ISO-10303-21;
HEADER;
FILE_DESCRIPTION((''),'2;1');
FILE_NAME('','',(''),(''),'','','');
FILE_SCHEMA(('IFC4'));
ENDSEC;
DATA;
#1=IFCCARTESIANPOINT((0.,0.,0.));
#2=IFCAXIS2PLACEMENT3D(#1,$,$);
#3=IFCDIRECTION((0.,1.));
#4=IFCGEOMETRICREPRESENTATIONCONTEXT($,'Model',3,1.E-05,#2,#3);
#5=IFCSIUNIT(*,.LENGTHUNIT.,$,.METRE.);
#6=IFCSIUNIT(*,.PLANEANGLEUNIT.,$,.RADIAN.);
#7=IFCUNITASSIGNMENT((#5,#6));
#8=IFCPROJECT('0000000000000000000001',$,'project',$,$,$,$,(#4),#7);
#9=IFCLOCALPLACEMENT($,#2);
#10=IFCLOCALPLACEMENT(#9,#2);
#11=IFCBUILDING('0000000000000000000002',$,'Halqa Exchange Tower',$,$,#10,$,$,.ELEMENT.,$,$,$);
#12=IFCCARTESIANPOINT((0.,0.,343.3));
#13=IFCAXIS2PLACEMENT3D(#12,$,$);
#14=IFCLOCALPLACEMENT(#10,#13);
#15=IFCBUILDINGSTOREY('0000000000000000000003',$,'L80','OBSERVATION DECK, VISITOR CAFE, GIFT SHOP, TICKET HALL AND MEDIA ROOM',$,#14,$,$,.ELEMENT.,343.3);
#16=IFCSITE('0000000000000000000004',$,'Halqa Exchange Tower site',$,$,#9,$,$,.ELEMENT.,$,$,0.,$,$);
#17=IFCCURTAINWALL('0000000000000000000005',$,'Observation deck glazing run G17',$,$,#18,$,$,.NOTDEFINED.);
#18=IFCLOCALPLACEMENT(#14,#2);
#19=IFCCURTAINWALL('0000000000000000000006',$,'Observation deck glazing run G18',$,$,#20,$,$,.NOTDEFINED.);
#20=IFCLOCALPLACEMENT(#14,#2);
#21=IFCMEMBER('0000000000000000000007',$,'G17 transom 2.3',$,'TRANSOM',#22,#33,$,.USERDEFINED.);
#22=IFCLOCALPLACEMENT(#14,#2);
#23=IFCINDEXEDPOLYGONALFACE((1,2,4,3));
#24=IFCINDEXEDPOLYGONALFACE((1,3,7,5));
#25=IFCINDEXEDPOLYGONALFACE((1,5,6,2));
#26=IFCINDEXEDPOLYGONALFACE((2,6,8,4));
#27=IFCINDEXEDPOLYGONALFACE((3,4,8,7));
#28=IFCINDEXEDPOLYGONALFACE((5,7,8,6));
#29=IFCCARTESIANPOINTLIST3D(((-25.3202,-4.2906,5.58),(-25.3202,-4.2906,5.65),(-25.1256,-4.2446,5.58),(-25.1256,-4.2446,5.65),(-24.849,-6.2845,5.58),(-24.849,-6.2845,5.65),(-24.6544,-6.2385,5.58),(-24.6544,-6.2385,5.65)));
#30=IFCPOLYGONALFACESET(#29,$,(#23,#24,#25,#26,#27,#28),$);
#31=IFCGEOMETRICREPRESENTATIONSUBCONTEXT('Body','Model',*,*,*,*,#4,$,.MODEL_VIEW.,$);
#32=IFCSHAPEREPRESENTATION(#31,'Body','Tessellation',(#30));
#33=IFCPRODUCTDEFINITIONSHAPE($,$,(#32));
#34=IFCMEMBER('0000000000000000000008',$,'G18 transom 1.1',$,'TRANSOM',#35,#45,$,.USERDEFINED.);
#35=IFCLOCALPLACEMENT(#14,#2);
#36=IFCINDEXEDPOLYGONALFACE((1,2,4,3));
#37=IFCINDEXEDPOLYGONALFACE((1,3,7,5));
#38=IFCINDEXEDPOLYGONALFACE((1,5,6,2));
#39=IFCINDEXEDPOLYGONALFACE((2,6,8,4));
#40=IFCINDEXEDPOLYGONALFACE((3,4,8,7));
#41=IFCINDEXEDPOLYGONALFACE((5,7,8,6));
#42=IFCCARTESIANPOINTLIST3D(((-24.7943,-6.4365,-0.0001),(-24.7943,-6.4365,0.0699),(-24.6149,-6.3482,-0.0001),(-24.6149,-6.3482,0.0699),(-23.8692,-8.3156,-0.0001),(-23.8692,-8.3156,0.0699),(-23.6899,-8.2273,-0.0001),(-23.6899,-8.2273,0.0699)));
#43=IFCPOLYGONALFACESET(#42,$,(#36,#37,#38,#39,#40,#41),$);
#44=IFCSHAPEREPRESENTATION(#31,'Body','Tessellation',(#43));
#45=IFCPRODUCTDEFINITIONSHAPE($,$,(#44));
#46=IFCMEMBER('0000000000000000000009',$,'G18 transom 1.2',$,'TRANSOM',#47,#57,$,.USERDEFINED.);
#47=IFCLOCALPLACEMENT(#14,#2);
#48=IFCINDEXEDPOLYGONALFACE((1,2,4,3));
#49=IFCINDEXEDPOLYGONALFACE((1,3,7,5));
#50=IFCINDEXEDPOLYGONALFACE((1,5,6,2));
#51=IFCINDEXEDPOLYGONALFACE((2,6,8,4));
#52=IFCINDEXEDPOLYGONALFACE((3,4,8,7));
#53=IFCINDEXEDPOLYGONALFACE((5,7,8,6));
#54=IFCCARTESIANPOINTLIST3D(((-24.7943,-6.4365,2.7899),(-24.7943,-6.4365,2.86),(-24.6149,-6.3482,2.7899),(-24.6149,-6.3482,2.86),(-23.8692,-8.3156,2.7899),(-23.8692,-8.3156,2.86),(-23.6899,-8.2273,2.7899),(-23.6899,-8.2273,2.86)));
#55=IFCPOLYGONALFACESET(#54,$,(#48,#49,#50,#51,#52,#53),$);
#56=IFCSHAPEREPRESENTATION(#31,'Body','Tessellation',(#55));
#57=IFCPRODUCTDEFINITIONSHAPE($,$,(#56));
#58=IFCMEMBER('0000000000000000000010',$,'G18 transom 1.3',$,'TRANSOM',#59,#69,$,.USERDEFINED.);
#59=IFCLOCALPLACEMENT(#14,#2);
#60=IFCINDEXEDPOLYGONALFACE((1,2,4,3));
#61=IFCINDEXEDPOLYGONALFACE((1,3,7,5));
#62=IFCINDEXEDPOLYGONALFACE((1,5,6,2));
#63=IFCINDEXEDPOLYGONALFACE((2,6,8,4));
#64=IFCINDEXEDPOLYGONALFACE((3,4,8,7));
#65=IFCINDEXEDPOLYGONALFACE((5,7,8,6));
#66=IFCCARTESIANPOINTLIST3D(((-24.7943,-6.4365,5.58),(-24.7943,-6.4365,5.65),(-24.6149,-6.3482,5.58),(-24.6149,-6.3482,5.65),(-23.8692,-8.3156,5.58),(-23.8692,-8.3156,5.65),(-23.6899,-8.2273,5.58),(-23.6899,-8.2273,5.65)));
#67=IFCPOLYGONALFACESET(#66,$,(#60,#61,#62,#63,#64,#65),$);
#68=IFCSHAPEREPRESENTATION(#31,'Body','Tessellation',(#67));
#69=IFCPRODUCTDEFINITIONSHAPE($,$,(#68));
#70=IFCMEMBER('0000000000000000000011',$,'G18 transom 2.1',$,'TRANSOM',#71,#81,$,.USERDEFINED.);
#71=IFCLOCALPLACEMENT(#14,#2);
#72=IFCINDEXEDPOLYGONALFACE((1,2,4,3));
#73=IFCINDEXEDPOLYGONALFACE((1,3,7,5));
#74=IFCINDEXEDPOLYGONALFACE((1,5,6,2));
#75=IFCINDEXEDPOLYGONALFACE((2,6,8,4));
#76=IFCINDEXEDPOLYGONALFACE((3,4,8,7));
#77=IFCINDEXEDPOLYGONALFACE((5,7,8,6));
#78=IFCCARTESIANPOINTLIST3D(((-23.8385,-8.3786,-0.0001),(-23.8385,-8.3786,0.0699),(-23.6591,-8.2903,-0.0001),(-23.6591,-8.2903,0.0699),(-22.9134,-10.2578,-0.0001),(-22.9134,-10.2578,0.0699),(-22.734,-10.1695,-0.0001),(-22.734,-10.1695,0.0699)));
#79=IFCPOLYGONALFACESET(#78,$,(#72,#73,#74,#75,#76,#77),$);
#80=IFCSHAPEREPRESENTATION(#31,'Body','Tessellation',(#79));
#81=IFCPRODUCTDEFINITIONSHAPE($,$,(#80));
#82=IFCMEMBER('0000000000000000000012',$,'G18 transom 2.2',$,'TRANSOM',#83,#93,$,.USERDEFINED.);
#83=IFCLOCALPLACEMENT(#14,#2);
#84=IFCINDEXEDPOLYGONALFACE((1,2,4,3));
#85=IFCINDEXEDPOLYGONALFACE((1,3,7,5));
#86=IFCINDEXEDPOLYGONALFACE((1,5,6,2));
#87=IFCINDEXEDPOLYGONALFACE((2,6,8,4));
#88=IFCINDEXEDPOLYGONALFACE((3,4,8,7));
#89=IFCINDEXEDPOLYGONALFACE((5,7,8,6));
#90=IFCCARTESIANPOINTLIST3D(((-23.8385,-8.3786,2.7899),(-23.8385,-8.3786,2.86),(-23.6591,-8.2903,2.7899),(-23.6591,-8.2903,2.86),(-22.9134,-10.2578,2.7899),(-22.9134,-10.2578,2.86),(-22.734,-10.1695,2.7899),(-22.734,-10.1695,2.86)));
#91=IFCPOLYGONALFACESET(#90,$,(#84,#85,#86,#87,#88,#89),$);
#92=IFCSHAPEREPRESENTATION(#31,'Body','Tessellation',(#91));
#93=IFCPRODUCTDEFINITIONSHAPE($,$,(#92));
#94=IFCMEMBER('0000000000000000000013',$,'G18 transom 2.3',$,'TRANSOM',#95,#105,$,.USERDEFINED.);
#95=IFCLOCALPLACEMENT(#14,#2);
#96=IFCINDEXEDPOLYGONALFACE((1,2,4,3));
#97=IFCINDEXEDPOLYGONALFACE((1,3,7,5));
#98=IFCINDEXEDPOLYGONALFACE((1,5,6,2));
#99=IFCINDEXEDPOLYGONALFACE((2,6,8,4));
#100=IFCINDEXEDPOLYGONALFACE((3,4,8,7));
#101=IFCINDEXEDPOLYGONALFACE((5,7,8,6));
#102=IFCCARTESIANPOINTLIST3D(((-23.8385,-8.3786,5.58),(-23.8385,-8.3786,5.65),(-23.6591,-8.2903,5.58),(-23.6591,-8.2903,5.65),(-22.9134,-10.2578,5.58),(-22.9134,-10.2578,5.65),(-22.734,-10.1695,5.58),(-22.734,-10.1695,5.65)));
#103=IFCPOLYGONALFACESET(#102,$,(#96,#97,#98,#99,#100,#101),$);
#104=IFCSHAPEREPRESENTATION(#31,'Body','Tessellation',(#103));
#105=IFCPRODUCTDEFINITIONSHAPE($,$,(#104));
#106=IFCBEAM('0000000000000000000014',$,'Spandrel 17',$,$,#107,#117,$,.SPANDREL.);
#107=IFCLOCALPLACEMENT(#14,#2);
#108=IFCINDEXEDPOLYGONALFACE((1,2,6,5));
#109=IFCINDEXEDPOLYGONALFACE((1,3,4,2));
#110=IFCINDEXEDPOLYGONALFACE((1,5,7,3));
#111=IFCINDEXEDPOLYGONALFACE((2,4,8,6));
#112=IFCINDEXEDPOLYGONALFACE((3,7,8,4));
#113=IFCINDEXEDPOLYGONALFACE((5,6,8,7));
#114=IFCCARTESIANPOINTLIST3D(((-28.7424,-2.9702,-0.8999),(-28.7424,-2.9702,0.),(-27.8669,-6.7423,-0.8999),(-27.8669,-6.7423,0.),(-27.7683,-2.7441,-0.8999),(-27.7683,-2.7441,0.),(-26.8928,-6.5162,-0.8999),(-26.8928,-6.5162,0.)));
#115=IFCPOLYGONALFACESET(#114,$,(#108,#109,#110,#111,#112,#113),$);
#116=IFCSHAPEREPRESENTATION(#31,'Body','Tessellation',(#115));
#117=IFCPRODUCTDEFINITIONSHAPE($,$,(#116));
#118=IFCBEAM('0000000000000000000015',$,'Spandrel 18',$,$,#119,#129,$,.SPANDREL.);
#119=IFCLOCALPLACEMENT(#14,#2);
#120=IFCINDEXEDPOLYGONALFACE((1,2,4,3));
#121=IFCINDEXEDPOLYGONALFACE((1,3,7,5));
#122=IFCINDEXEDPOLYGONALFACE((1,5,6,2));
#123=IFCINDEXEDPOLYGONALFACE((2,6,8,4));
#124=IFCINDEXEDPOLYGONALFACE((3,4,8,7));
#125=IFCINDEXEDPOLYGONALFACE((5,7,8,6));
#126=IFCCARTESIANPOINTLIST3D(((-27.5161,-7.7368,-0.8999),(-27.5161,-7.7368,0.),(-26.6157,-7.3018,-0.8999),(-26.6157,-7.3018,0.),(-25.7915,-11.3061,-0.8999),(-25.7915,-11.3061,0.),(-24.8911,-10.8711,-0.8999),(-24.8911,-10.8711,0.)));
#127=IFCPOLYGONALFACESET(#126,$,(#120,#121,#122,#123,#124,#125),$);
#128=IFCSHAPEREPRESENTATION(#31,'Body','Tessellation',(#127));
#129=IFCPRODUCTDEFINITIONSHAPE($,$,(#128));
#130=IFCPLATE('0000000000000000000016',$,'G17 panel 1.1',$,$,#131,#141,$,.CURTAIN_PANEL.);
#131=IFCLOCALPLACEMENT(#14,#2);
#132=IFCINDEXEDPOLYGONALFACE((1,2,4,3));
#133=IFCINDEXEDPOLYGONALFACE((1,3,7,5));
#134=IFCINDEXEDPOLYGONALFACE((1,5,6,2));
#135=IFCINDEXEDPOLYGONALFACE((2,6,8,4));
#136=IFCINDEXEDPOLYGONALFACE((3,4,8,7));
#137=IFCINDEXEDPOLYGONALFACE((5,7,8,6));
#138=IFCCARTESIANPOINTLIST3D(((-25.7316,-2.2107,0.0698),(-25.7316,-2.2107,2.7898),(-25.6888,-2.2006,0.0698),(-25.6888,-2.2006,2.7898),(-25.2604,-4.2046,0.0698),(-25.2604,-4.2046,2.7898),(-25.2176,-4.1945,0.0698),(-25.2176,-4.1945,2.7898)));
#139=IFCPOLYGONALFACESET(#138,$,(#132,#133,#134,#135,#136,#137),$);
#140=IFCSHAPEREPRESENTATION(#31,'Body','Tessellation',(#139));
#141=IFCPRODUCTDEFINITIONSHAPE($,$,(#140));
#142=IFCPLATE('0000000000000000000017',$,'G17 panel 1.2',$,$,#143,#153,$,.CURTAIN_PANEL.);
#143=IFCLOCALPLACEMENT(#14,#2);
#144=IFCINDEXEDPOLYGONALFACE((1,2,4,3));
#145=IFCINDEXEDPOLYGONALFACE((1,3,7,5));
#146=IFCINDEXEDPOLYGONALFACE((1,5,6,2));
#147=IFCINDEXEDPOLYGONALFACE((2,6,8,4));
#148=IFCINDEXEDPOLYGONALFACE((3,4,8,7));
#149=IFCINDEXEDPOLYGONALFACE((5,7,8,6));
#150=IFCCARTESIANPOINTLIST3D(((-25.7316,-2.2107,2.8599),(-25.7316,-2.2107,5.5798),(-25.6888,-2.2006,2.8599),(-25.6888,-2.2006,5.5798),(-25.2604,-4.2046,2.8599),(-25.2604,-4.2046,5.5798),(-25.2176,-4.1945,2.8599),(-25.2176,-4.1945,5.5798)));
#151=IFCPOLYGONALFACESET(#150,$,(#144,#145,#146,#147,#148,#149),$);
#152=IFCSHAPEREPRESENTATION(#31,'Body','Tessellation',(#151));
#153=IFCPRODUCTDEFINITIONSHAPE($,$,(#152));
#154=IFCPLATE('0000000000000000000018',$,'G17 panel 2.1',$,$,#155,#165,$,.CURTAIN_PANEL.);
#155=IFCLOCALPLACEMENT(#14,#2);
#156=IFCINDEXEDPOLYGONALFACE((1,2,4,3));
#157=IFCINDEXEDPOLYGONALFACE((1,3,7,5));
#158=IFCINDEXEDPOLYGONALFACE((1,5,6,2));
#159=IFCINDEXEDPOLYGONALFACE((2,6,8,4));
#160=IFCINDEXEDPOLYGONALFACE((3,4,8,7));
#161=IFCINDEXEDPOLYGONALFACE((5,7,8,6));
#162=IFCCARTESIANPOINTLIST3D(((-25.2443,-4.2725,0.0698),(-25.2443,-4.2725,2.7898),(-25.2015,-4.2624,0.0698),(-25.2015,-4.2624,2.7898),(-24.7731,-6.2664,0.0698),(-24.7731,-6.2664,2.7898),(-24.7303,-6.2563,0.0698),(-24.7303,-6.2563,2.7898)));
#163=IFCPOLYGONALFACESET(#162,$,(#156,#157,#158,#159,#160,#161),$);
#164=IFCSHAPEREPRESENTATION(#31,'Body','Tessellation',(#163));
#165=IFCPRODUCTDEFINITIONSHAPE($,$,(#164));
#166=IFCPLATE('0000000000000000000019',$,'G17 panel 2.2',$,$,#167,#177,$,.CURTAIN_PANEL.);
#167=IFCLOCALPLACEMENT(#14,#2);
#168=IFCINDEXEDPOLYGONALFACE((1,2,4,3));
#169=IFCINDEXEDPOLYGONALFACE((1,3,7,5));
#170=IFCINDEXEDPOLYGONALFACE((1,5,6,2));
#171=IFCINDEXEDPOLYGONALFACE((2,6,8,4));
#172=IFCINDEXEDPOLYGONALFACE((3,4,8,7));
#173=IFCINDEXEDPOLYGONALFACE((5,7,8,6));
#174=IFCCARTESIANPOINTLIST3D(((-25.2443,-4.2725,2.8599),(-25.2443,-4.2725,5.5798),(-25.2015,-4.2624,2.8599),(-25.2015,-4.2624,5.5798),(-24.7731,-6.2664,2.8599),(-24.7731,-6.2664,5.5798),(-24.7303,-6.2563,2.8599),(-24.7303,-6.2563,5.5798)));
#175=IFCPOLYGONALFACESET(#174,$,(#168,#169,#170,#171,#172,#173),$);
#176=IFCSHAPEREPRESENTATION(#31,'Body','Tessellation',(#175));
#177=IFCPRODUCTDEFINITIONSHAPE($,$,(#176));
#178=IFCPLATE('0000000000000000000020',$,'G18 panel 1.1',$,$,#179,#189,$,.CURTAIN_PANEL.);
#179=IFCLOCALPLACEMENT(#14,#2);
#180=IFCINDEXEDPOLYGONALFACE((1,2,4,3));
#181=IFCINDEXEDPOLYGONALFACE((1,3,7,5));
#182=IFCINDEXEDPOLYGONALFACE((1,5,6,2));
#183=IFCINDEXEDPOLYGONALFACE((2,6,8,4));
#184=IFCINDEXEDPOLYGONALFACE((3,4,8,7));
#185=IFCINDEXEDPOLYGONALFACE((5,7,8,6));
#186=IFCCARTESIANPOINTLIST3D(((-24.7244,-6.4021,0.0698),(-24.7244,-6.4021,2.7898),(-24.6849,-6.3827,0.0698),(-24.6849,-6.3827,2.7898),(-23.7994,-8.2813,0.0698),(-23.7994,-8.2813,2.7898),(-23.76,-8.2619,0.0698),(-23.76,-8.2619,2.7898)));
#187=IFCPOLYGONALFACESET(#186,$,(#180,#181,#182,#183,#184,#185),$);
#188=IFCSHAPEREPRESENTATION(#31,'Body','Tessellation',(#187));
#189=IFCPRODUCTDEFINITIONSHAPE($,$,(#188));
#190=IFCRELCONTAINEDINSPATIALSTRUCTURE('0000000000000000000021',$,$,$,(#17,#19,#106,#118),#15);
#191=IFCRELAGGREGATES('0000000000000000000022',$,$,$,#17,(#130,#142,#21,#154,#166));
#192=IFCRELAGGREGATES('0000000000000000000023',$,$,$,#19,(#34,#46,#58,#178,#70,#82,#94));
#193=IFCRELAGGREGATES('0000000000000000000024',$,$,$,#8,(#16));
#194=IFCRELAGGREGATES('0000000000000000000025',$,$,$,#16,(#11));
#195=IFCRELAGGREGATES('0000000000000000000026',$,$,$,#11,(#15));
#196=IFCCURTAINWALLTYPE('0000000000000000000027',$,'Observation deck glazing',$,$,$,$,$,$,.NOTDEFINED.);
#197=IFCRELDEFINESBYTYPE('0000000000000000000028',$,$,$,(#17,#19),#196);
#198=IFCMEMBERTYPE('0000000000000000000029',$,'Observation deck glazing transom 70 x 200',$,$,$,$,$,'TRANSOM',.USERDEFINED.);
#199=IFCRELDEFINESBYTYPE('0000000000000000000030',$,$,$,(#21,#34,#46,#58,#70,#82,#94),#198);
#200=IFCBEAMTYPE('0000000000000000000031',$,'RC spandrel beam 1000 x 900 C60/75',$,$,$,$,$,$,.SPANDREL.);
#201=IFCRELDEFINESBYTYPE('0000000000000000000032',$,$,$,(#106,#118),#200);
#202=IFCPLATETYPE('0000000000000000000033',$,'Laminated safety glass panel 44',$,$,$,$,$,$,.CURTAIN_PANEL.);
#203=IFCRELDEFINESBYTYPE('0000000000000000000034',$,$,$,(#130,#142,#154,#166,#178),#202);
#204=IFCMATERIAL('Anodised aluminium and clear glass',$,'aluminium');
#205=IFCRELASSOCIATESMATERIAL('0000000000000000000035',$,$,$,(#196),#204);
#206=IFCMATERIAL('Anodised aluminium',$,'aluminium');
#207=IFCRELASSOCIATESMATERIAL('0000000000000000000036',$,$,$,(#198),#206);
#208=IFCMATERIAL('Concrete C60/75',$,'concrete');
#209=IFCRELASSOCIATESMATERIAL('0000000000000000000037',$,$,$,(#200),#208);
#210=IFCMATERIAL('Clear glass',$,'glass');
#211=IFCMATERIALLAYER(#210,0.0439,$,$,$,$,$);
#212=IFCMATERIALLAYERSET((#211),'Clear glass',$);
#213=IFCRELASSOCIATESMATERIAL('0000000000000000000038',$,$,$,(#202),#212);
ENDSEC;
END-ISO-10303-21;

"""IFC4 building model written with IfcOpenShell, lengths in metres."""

from ifc_helpers import new_model, si_unit, direction, frame, origin, origin_2d, place, context, subcontext, project, spatial, rectangle, extrude, material, layer, layer_set, material_profile, profile_set, type_object, element, aggregate, save


model = new_model("IFC4")

# Units and contexts
model_context = context("Model", 3, precision=1e-05, world=origin(), true_north=direction((0.0, 1.0)))
body_context = subcontext(model_context, "Body", "Model", "MODEL_VIEW")
ifc_project = project(units=[si_unit("LENGTHUNIT", "METRE"), si_unit("PLANEANGLEUNIT", "RADIAN")], contexts=[model_context])

# Site, building, storey
site_placement = place(None, origin())
site = spatial("IfcSite", under=ifc_project, at=site_placement, Name="Halqa Exchange Tower site", CompositionType="ELEMENT", RefElevation=0.0)
building_placement = place(site_placement, origin())
building = spatial("IfcBuilding", under=site, at=building_placement, Name="Halqa Exchange Tower", CompositionType="ELEMENT")
storey_placement = place(building_placement, frame((0.0, 0.0, 343.3)))
storey = spatial("IfcBuildingStorey", under=building, at=storey_placement, Name="L80", Description="OBSERVATION DECK, VISITOR CAFE, GIFT SHOP, TICKET HALL AND MEDIA ROOM", CompositionType="ELEMENT", Elevation=343.3)

# Curtain walls
ifc_material_1 = material(Name="Anodised aluminium and clear glass", Category="aluminium")
curtain_wall_type = type_object("IfcCurtainWallType", Name="Observation deck glazing", PredefinedType="NOTDEFINED", material=ifc_material_1)
curtain_wall_1_placement = place(storey_placement, origin())
curtain_wall_1 = element("IfcCurtainWall", 1, at=curtain_wall_1_placement, inside=storey, type_object=curtain_wall_type, Name="Observation deck glazing run G17", PredefinedType="NOTDEFINED")
ifc_material_2 = material(Name="Anodised aluminium", Category="aluminium")
curtain_wall_2_placement = place(storey_placement, origin())
curtain_wall_2 = element("IfcCurtainWall", 2, at=curtain_wall_2_placement, inside=storey, type_object=curtain_wall_type, Name="Observation deck glazing run G18", PredefinedType="NOTDEFINED")

# Members
ifc_material_profile_1 = material_profile(ifc_material_2, rectangle(XDim=0.2, YDim=0.0701, at=origin_2d()), Name="AL 70x200")
ifc_profile_set_1 = profile_set([ifc_material_profile_1], Name="Anodised aluminium")
member_type_1 = type_object("IfcMemberType", Name="Observation deck glazing transom 70 x 200", ElementType="TRANSOM", PredefinedType="USERDEFINED", material=ifc_profile_set_1)
member_1_placement = place(storey_placement, frame((-25.2229, -4.2676, 5.615), z_axis=(0.229982, -0.973195, 0.0), x_axis=(0.973195, 0.229982, 0.0)))
member_1 = element("IfcMember", 3, at=member_1_placement, type_object=member_type_1, Name="G17 transom 2.3", ObjectType="TRANSOM", PredefinedType="USERDEFINED", context=body_context, shape_type="SweptSolid", body=[
    extrude(rectangle(XDim=0.2, YDim=0.0701, at=origin_2d()), origin(), (0.0, 0.0, 1.0), 2.0488),
])
member_2_placement = place(storey_placement, frame((-24.7046, -6.3923, 0.0349), z_axis=(0.441657, -0.897184, 0.0), x_axis=(0.897184, 0.441657, 0.0)))
member_2 = element("IfcMember", 4, at=member_2_placement, type_object=member_type_1, Name="G18 transom 1.1", ObjectType="TRANSOM", PredefinedType="USERDEFINED", context=body_context, shape_type="SweptSolid", body=[
    extrude(rectangle(XDim=0.2, YDim=0.0701, at=origin_2d()), origin(), (0.0, 0.0, 1.0), 2.0945),
])
member_3_placement = place(storey_placement, frame((-24.7046, -6.3923, 2.825), z_axis=(0.441657, -0.897184, 0.0), x_axis=(0.897184, 0.441657, 0.0)))
member_3 = element("IfcMember", 5, at=member_3_placement, type_object=member_type_1, Name="G18 transom 1.2", ObjectType="TRANSOM", PredefinedType="USERDEFINED", context=body_context, shape_type="SweptSolid", body=[
    extrude(rectangle(XDim=0.2, YDim=0.0701, at=origin_2d()), origin(), (0.0, 0.0, 1.0), 2.0945),
])
member_4_placement = place(storey_placement, frame((-24.7046, -6.3923, 5.615), z_axis=(0.441657, -0.897184, 0.0), x_axis=(0.897184, 0.441657, 0.0)))
member_4 = element("IfcMember", 6, at=member_4_placement, type_object=member_type_1, Name="G18 transom 1.3", ObjectType="TRANSOM", PredefinedType="USERDEFINED", context=body_context, shape_type="SweptSolid", body=[
    extrude(rectangle(XDim=0.2, YDim=0.0701, at=origin_2d()), origin(), (0.0, 0.0, 1.0), 2.0945),
])
member_5_placement = place(storey_placement, frame((-23.7488, -8.3345, 0.0349), z_axis=(0.441657, -0.897184, 0.0), x_axis=(0.897184, 0.441657, 0.0)))
member_5 = element("IfcMember", 7, at=member_5_placement, type_object=member_type_1, Name="G18 transom 2.1", ObjectType="TRANSOM", PredefinedType="USERDEFINED", context=body_context, shape_type="SweptSolid", body=[
    extrude(rectangle(XDim=0.2, YDim=0.0701, at=origin_2d()), origin(), (0.0, 0.0, 1.0), 2.0945),
])
member_6_placement = place(storey_placement, frame((-23.7488, -8.3345, 2.825), z_axis=(0.441657, -0.897184, 0.0), x_axis=(0.897184, 0.441657, 0.0)))
member_6 = element("IfcMember", 8, at=member_6_placement, type_object=member_type_1, Name="G18 transom 2.2", ObjectType="TRANSOM", PredefinedType="USERDEFINED", context=body_context, shape_type="SweptSolid", body=[
    extrude(rectangle(XDim=0.2, YDim=0.0701, at=origin_2d()), origin(), (0.0, 0.0, 1.0), 2.0945),
])
member_7_placement = place(storey_placement, frame((-23.7488, -8.3345, 5.615), z_axis=(0.441657, -0.897184, 0.0), x_axis=(0.897184, 0.441657, 0.0)))
member_7 = element("IfcMember", 9, at=member_7_placement, type_object=member_type_1, Name="G18 transom 2.3", ObjectType="TRANSOM", PredefinedType="USERDEFINED", context=body_context, shape_type="SweptSolid", body=[
    extrude(rectangle(XDim=0.2, YDim=0.0701, at=origin_2d()), origin(), (0.0, 0.0, 1.0), 2.0945),
])

# Beams
ifc_material_3 = material(Name="Concrete C60/75", Category="concrete")
ifc_material_profile_2 = material_profile(ifc_material_3, rectangle(XDim=1.0, YDim=0.8999, at=origin_2d()), Name="1000 x 900")
ifc_profile_set_2 = profile_set([ifc_material_profile_2], Name="Concrete C60/75")
beam_type = type_object("IfcBeamType", Name="RC spandrel beam 1000 x 900 C60/75", PredefinedType="SPANDREL", material=ifc_profile_set_2)
beam_1_placement = place(storey_placement, frame((-28.2554, -2.8572, -0.45), z_axis=(0.226093, -0.974106, 0.0), x_axis=(0.974106, 0.226093, 0.0)))
element("IfcBeam", 10, at=beam_1_placement, inside=storey, type_object=beam_type, Name="Spandrel 17", PredefinedType="SPANDREL", context=body_context, shape_type="SweptSolid", body=[
    extrude(rectangle(XDim=1.0, YDim=0.8999, at=origin_2d()), origin(), (0.0, 0.0, 1.0), 3.8723),
])
beam_2_placement = place(storey_placement, frame((-27.0659, -7.5193, -0.45), z_axis=(0.435052, -0.900405, 0.0), x_axis=(0.900405, 0.435052, 0.0)))
element("IfcBeam", 11, at=beam_2_placement, inside=storey, type_object=beam_type, Name="Spandrel 18", PredefinedType="SPANDREL", context=body_context, shape_type="SweptSolid", body=[
    extrude(rectangle(XDim=1.0, YDim=0.8999, at=origin_2d()), origin(), (0.0, 0.0, 1.0), 3.9641),
])

# Plates
ifc_material_4 = material(Name="Clear glass", Category="glass")
ifc_layer_1 = layer(ifc_material_4, 0.0439)
ifc_layer_set_1 = layer_set([ifc_layer_1], Name="Clear glass")
plate_type = type_object("IfcPlateType", Name="Laminated safety glass panel 44", PredefinedType="CURTAIN_PANEL", material=ifc_layer_set_1)
plate_1_placement = place(storey_placement, frame((-25.4746, -3.2026, 0.0698), z_axis=(0.0, 0.0, 1.0), x_axis=(0.229995, -0.973192, 0.0)))
plate_1 = element("IfcPlate", 12, at=plate_1_placement, type_object=plate_type, Name="G17 panel 1.1", PredefinedType="CURTAIN_PANEL", context=body_context, shape_type="SweptSolid", body=[
    extrude(rectangle(XDim=2.0488, YDim=0.0439, at=origin_2d()), origin(), (0.0, 0.0, 1.0), 2.72),
])
plate_2_placement = place(storey_placement, frame((-25.4746, -3.2026, 2.8599), z_axis=(0.0, 0.0, 1.0), x_axis=(0.229995, -0.973192, 0.0)))
plate_2 = element("IfcPlate", 13, at=plate_2_placement, type_object=plate_type, Name="G17 panel 1.2", PredefinedType="CURTAIN_PANEL", context=body_context, shape_type="SweptSolid", body=[
    extrude(rectangle(XDim=2.0488, YDim=0.0439, at=origin_2d()), origin(), (0.0, 0.0, 1.0), 2.72),
])
plate_3_placement = place(storey_placement, frame((-24.9873, -5.2644, 0.0698), z_axis=(0.0, 0.0, 1.0), x_axis=(0.229995, -0.973192, 0.0)))
plate_3 = element("IfcPlate", 14, at=plate_3_placement, type_object=plate_type, Name="G17 panel 2.1", PredefinedType="CURTAIN_PANEL", context=body_context, shape_type="SweptSolid", body=[
    extrude(rectangle(XDim=2.0488, YDim=0.0439, at=origin_2d()), origin(), (0.0, 0.0, 1.0), 2.72),
])
plate_4_placement = place(storey_placement, frame((-24.9873, -5.2644, 2.8599), z_axis=(0.0, 0.0, 1.0), x_axis=(0.229995, -0.973192, 0.0)))
plate_4 = element("IfcPlate", 15, at=plate_4_placement, type_object=plate_type, Name="G17 panel 2.2", PredefinedType="CURTAIN_PANEL", context=body_context, shape_type="SweptSolid", body=[
    extrude(rectangle(XDim=2.0488, YDim=0.0439, at=origin_2d()), origin(), (0.0, 0.0, 1.0), 2.72),
])
aggregate(curtain_wall_1, [plate_1, plate_2, member_1, plate_3, plate_4])
plate_5_placement = place(storey_placement, frame((-24.2422, -7.332, 0.0698), z_axis=(0.0, 0.0, 1.0), x_axis=(0.441595, -0.897215, 0.0)))
plate_5 = element("IfcPlate", 16, at=plate_5_placement, type_object=plate_type, Name="G18 panel 1.1", PredefinedType="CURTAIN_PANEL", context=body_context, shape_type="SweptSolid", body=[
    extrude(rectangle(XDim=2.0945, YDim=0.0439, at=origin_2d()), origin(), (0.0, 0.0, 1.0), 2.72),
])
aggregate(curtain_wall_2, [member_2, member_3, member_4, plate_5, member_5, member_6, member_7])

save(model, "model.ifc")
